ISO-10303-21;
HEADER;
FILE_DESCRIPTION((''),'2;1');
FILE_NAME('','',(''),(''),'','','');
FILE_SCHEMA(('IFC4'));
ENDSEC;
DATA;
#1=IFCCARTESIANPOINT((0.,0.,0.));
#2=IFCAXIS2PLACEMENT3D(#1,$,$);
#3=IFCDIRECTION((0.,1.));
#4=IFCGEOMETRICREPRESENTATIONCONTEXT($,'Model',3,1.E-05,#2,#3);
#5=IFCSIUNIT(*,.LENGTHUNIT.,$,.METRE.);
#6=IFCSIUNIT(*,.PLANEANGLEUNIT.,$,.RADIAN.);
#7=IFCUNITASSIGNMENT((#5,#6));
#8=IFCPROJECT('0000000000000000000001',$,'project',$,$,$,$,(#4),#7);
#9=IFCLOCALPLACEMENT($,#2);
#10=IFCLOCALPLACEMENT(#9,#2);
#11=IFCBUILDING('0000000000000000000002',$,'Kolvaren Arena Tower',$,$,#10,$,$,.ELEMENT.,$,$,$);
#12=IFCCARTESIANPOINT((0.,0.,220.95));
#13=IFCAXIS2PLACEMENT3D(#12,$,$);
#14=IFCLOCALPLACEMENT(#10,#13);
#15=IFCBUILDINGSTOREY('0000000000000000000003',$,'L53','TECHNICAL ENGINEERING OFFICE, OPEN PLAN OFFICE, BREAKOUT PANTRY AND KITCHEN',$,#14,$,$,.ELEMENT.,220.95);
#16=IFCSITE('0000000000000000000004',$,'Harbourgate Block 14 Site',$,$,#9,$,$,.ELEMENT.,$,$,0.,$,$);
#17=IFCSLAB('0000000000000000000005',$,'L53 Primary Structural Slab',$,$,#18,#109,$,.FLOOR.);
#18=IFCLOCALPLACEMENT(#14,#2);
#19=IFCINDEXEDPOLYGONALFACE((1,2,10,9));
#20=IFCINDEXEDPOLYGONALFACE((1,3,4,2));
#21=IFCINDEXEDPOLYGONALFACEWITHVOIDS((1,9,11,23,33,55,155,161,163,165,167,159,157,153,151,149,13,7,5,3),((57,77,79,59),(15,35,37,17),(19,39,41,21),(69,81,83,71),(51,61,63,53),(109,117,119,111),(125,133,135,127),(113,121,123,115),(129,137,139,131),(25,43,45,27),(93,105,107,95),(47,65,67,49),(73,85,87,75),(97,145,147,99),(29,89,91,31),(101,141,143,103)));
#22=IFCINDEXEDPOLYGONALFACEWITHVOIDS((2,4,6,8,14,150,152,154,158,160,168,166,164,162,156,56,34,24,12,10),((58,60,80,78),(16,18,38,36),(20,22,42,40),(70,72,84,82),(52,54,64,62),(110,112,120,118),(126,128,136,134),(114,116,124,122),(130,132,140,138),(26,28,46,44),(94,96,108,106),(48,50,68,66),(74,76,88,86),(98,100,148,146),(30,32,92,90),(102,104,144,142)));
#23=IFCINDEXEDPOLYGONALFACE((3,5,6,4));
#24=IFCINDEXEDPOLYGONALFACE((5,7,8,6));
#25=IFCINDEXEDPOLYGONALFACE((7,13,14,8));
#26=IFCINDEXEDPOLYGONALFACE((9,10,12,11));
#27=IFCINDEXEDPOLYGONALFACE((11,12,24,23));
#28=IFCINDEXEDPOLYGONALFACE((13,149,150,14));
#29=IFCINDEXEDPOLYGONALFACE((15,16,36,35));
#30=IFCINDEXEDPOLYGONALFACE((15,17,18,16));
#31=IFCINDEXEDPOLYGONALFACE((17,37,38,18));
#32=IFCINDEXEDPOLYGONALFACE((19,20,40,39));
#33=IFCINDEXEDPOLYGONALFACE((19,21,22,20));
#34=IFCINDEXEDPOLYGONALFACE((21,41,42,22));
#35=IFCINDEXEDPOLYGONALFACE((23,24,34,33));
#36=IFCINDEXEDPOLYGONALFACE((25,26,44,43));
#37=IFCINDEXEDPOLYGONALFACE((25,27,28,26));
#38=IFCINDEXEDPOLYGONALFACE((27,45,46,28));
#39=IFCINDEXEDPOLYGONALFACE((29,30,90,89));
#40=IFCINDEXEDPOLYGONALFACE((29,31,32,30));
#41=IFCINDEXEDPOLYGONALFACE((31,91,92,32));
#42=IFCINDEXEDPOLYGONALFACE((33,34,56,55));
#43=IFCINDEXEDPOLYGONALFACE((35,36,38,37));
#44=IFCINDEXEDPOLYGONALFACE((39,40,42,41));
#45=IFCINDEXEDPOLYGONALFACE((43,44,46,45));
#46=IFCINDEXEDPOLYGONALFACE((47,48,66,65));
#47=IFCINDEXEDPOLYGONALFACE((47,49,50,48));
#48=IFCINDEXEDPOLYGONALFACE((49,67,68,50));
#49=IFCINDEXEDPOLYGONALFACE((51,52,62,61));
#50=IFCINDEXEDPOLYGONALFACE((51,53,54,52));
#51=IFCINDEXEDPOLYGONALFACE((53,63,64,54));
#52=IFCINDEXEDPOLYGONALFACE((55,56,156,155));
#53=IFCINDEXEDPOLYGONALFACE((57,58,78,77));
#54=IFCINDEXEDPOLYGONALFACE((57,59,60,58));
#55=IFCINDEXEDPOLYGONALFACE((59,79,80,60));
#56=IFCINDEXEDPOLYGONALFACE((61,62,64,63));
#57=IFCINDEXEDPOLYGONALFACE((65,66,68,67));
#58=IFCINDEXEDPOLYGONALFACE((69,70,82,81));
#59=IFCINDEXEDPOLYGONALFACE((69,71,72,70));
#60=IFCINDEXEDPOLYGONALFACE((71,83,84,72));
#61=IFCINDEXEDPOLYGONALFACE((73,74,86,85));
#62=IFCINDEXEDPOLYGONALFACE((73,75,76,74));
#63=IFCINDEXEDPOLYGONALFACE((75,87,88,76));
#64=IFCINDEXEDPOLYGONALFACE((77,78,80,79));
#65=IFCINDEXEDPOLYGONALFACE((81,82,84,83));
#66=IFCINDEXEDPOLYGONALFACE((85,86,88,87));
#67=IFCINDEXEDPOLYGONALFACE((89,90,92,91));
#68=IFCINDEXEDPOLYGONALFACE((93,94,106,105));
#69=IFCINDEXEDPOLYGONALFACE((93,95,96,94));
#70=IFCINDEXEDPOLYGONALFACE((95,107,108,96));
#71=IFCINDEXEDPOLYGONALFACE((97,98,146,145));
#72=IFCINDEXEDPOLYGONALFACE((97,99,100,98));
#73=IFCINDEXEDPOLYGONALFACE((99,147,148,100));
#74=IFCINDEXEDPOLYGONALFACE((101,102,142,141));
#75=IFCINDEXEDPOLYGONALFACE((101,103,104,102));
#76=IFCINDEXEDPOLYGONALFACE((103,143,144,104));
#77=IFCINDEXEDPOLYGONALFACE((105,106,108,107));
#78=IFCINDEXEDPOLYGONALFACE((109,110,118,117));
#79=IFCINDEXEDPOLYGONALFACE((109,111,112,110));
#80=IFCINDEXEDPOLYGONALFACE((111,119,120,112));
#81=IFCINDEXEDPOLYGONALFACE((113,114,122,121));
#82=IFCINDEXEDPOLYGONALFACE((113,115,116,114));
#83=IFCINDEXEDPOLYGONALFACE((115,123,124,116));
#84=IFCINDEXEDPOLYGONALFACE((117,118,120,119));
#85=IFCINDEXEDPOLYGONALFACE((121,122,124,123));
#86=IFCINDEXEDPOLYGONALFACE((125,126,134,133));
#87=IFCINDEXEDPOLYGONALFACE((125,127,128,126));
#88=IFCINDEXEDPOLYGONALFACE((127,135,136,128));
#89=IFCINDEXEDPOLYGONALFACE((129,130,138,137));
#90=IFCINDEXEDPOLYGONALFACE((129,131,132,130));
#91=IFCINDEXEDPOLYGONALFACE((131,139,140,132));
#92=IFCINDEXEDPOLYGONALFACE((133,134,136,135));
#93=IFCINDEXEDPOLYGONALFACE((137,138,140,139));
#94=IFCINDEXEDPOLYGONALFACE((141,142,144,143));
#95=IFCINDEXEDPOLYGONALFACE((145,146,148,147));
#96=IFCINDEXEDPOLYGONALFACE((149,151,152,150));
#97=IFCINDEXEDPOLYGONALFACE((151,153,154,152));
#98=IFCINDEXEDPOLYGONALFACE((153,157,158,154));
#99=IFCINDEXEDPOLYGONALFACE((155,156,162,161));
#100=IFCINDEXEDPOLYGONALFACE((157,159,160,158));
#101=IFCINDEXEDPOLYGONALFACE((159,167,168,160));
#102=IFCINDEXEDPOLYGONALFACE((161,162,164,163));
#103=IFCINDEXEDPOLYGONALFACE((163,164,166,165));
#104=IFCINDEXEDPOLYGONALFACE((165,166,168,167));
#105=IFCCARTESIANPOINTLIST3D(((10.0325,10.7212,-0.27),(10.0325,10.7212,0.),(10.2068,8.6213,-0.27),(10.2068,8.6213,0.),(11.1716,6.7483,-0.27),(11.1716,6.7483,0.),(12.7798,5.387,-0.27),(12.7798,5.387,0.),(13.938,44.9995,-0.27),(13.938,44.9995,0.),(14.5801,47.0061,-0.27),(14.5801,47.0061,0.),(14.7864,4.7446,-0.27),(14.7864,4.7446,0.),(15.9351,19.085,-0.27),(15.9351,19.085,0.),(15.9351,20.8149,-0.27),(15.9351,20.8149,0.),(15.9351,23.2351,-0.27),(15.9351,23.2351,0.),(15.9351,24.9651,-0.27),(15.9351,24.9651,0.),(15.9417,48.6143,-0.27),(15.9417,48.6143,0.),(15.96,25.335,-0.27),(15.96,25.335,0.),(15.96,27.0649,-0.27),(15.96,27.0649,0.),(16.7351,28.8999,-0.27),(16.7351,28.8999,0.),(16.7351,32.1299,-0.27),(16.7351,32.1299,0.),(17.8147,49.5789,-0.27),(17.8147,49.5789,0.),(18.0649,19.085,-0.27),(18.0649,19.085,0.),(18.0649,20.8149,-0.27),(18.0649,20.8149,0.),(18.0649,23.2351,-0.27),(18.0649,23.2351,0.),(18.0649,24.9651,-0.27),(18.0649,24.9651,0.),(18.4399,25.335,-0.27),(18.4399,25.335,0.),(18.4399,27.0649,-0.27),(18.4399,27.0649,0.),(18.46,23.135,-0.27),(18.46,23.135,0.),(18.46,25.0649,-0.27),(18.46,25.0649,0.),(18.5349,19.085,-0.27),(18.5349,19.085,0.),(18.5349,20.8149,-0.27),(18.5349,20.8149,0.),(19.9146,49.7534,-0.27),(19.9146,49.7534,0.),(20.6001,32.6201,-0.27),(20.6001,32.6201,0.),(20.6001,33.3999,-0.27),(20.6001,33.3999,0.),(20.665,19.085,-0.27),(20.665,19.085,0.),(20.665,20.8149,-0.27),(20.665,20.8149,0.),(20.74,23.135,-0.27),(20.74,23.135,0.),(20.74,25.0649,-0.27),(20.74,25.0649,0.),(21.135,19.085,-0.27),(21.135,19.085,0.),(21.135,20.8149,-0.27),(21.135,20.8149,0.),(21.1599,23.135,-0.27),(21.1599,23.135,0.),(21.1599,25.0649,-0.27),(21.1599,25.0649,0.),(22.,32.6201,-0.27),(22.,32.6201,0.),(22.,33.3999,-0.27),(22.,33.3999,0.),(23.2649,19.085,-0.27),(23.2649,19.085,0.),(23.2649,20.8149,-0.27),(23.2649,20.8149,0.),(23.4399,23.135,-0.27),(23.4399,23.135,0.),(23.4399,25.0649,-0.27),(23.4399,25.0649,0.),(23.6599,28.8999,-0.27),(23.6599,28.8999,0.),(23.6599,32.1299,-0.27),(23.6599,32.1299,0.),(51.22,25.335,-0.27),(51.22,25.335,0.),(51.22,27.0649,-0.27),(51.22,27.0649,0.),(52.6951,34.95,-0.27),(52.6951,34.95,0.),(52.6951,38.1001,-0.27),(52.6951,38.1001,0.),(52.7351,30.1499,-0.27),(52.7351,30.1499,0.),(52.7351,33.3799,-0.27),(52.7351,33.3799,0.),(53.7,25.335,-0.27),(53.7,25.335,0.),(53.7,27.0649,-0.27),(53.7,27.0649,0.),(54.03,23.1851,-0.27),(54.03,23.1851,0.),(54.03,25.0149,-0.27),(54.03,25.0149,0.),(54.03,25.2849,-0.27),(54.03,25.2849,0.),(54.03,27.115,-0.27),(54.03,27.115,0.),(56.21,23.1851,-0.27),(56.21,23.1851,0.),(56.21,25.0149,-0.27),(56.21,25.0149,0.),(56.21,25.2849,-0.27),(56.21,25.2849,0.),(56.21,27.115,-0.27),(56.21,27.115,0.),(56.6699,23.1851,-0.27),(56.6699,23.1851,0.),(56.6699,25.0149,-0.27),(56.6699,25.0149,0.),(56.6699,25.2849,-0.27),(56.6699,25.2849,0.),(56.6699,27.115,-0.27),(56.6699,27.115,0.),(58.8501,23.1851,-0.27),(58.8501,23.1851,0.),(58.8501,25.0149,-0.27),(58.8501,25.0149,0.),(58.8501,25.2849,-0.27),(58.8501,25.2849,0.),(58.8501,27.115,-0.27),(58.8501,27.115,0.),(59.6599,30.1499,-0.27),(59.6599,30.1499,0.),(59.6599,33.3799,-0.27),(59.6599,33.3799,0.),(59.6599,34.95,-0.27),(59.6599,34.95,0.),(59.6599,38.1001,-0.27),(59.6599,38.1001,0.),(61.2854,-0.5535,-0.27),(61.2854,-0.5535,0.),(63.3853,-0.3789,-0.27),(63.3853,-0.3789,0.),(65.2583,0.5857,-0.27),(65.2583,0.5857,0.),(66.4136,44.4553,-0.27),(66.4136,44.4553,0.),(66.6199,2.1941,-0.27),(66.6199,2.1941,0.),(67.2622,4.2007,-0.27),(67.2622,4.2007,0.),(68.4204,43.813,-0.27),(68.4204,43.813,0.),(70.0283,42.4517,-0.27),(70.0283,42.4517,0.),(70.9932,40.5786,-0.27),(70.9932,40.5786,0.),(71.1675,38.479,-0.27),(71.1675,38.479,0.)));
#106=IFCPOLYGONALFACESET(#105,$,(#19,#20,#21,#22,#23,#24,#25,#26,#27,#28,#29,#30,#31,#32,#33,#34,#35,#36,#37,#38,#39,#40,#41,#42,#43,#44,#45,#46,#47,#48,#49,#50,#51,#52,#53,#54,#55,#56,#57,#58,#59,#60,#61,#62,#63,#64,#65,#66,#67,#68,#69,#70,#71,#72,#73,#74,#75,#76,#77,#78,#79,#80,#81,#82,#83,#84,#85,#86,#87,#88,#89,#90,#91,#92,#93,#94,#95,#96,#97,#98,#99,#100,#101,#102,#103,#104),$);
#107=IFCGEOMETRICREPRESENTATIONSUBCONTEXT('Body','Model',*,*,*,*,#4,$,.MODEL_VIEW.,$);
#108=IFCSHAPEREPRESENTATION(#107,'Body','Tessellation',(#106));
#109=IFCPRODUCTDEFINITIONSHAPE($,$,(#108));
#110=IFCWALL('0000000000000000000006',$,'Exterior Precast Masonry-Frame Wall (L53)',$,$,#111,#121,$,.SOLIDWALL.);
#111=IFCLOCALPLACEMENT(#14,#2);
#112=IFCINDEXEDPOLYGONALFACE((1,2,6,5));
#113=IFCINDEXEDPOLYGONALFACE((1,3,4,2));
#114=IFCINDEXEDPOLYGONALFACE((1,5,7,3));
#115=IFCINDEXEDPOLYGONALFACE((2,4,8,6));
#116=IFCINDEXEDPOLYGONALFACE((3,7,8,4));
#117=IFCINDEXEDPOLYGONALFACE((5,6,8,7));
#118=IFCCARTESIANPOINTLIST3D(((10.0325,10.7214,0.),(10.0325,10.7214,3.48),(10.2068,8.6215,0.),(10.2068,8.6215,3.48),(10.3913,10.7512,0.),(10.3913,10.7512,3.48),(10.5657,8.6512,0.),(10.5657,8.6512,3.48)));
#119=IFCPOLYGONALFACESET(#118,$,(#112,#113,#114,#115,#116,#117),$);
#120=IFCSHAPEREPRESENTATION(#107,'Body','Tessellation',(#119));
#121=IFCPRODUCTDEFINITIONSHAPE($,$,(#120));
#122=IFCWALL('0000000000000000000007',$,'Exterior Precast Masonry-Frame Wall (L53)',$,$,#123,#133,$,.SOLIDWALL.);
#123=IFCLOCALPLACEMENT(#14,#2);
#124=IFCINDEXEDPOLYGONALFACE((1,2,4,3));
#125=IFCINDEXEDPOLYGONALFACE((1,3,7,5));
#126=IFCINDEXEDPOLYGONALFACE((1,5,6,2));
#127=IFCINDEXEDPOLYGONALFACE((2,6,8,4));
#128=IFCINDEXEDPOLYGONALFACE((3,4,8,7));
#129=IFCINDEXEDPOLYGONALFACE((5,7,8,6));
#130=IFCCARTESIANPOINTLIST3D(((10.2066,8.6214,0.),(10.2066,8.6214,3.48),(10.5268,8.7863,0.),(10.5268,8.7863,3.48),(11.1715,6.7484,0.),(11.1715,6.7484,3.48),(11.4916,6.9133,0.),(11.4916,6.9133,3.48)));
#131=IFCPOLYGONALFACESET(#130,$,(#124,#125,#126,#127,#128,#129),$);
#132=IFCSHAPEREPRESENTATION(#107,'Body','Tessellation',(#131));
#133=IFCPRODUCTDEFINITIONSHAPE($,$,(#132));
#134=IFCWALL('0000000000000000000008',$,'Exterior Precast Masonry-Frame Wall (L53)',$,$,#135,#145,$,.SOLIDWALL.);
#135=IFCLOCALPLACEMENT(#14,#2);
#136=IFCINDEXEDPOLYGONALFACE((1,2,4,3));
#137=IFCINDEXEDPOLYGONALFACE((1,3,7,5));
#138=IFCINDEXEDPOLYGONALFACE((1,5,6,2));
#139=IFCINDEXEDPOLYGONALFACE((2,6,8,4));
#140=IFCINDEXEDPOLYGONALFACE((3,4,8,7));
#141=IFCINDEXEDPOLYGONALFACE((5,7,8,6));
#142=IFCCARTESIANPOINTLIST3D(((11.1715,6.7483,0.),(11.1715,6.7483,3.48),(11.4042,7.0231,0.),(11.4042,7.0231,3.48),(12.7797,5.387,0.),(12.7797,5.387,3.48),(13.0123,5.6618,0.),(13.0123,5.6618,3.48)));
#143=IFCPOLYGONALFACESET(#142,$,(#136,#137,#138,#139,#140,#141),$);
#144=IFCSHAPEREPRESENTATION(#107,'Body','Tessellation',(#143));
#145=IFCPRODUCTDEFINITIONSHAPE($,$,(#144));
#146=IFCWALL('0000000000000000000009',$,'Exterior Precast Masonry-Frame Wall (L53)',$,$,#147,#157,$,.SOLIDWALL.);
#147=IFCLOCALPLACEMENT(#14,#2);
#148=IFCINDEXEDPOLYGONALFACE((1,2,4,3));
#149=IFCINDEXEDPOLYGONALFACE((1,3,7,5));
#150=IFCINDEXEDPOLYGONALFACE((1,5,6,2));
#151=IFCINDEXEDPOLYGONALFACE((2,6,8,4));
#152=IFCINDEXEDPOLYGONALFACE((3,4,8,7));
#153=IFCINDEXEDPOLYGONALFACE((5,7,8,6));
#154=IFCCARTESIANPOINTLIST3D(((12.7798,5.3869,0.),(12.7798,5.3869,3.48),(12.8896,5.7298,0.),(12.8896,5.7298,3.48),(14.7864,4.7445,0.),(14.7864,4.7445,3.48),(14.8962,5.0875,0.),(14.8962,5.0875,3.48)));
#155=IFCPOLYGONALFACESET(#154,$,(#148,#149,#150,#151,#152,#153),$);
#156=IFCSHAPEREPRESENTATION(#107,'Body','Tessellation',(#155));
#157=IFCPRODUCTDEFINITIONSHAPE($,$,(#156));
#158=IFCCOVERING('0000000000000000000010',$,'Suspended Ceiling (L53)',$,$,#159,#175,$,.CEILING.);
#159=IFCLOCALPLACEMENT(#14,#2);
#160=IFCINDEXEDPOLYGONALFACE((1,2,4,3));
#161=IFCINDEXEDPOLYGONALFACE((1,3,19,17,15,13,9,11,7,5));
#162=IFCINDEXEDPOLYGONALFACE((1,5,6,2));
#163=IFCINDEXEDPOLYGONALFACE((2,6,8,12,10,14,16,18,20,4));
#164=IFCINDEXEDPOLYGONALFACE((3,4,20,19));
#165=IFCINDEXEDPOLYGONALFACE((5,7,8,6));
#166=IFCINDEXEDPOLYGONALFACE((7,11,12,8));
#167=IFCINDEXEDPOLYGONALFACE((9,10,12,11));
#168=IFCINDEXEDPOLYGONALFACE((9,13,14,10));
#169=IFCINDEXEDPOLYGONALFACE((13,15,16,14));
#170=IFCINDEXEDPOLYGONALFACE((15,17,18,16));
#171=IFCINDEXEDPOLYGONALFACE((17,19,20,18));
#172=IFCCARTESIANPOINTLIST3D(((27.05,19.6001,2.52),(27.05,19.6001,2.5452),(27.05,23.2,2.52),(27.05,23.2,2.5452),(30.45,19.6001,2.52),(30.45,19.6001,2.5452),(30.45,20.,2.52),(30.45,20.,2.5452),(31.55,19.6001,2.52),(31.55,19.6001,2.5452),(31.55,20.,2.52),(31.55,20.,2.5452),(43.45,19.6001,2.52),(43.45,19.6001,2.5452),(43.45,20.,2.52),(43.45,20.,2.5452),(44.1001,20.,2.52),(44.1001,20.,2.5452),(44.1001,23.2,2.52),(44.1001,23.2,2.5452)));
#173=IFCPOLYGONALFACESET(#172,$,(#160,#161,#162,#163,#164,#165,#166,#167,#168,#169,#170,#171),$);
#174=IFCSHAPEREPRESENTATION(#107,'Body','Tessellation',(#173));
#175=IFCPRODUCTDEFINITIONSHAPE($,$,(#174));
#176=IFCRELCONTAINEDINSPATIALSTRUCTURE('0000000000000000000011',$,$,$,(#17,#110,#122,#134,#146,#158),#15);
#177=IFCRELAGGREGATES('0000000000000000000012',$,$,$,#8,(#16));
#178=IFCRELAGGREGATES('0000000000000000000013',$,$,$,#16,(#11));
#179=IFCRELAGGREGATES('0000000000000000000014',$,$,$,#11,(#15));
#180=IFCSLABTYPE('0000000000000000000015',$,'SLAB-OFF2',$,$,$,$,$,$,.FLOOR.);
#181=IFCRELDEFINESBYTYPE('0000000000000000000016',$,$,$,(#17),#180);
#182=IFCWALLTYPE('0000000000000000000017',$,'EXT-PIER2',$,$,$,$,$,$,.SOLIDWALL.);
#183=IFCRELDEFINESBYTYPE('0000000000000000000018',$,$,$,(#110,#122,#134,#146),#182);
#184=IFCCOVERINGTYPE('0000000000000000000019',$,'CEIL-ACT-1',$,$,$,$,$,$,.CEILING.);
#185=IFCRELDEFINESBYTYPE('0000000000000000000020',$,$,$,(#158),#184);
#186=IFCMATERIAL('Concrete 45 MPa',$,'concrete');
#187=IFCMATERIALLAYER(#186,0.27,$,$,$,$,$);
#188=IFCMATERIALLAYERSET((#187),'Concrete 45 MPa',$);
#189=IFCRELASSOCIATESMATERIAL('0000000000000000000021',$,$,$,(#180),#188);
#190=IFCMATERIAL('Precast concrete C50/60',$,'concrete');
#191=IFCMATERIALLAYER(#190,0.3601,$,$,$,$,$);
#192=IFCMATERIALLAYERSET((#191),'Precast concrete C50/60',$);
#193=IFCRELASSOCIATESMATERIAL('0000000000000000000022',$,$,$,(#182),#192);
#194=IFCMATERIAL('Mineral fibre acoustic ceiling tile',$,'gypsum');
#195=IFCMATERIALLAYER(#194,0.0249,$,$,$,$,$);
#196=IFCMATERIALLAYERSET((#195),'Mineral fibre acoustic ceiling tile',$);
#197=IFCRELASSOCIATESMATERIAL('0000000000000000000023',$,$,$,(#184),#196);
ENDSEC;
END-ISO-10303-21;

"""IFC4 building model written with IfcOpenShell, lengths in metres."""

from ifc_helpers import new_model, si_unit, direction, frame, frame_2d, origin, place, context, subcontext, project, spatial, polyline, rectangle, outline, extrude, material, layer, layer_set, type_object, element, save


model = new_model("IFC4")

# Units and contexts
model_context = context("Model", 3, precision=1e-05, world=origin(), true_north=direction((0.0, 1.0)))
body_context = subcontext(model_context, "Body", "Model", "MODEL_VIEW")
ifc_project = project(units=[si_unit("LENGTHUNIT", "METRE"), si_unit("PLANEANGLEUNIT", "RADIAN")], contexts=[model_context])

# Site, building, storey
site_placement = place(None, origin())
site = spatial("IfcSite", under=ifc_project, at=site_placement, Name="Harbourgate Block 14 Site", CompositionType="ELEMENT", RefElevation=0.0)
building_placement = place(site_placement, origin())
building = spatial("IfcBuilding", under=site, at=building_placement, Name="Kolvaren Arena Tower", CompositionType="ELEMENT")
storey_placement = place(building_placement, frame((0.0, 0.0, 220.95)))
storey = spatial("IfcBuildingStorey", under=building, at=storey_placement, Name="L53", Description="TECHNICAL ENGINEERING OFFICE, OPEN PLAN OFFICE, BREAKOUT PANTRY AND KITCHEN", CompositionType="ELEMENT", Elevation=220.95)

# Shared definitions
ifc_material_1 = material(Name="Concrete 45 MPa", Category="concrete")

# Slab
ifc_layer_1 = layer(ifc_material_1, 0.27)
ifc_layer_set_1 = layer_set([ifc_layer_1], Name="Concrete 45 MPa")
slab_type_1 = type_object("IfcSlabType", Name="SLAB-OFF2", PredefinedType="FLOOR", material=ifc_layer_set_1)
slab_1_placement = place(storey_placement, frame((0.0, 0.0, -0.27)))
element("IfcSlab", 1, at=slab_1_placement, inside=storey, type_object=slab_type_1, Name="L53 Primary Structural Slab", PredefinedType="FLOOR", context=body_context, shape_type="SweptSolid", body=[
    extrude(outline(polyline([(61.2854, -0.5535), (63.3853, -0.3789), (65.2583, 0.5857), (66.6199, 2.1941), (67.2622, 4.2007), (71.1675, 38.479), (70.9932, 40.5786), (70.0283, 42.4517), (68.4204, 43.813), (66.4136, 44.4553), (19.9146, 49.7534), (17.8147, 49.5789), (15.9417, 48.6143), (14.5801, 47.0061), (13.938, 44.9995), (10.0325, 10.7212), (10.2068, 8.6213), (11.1716, 6.7483), (12.7798, 5.387), (14.7864, 4.7446), (61.2854, -0.5535)]), holes=[polyline([(15.9351, 19.085), (15.9351, 20.8149), (18.0649, 20.8149), (18.0649, 19.085), (15.9351, 19.085)]), polyline([(18.5349, 19.085), (18.5349, 20.8149), (20.665, 20.8149), (20.665, 19.085), (18.5349, 19.085)]), polyline([(21.135, 19.085), (21.135, 20.8149), (23.2649, 20.8149), (23.2649, 19.085), (21.135, 19.085)]), polyline([(18.46, 23.135), (18.46, 25.0649), (20.74, 25.0649), (20.74, 23.135), (18.46, 23.135)]), polyline([(21.1599, 23.135), (21.1599, 25.0649), (23.4399, 25.0649), (23.4399, 23.135), (21.1599, 23.135)]), polyline([(54.03, 23.1851), (54.03, 25.0149), (56.21, 25.0149), (56.21, 23.1851), (54.03, 23.1851)]), polyline([(56.6699, 23.1851), (56.6699, 25.0149), (58.8501, 25.0149), (58.8501, 23.1851), (56.6699, 23.1851)]), polyline([(15.9351, 23.2351), (15.9351, 24.9651), (18.0649, 24.9651), (18.0649, 23.2351), (15.9351, 23.2351)]), polyline([(54.03, 25.2849), (54.03, 27.115), (56.21, 27.115), (56.21, 25.2849), (54.03, 25.2849)]), polyline([(56.6699, 25.2849), (56.6699, 27.115), (58.8501, 27.115), (58.8501, 25.2849), (56.6699, 25.2849)]), polyline([(15.96, 25.335), (15.96, 27.0649), (18.4399, 27.0649), (18.4399, 25.335), (15.96, 25.335)]), polyline([(51.22, 25.335), (51.22, 27.0649), (53.7, 27.0649), (53.7, 25.335), (51.22, 25.335)]), polyline([(16.7351, 28.8999), (16.7351, 32.1299), (23.6599, 32.1299), (23.6599, 28.8999), (16.7351, 28.8999)]), polyline([(52.7351, 30.1499), (52.7351, 33.3799), (59.6599, 33.3799), (59.6599, 30.1499), (52.7351, 30.1499)]), polyline([(20.6001, 32.6201), (20.6001, 33.3999), (22.0, 33.3999), (22.0, 32.6201), (20.6001, 32.6201)]), polyline([(52.6951, 34.95), (52.6951, 38.1001), (59.6599, 38.1001), (59.6599, 34.95), (52.6951, 34.95)])]), origin(), (0.0, 0.0, 1.0), 0.27),
])

# Walls
ifc_material_2 = material(Name="Precast concrete C50/60", Category="concrete")
ifc_layer_2 = layer(ifc_material_2, 0.3601)
ifc_layer_set_2 = layer_set([ifc_layer_2], Name="Precast concrete C50/60")
wall_type = type_object("IfcWallType", Name="EXT-PIER2", PredefinedType="SOLIDWALL", material=ifc_layer_set_2)
wall_placement = place(storey_placement, frame((10.3862, 8.6362, 0.0), z_axis=(0.0, 0.0, 1.0), x_axis=(-0.082729, 0.996572, 0.0)))
element("IfcWall", 2, at=wall_placement, inside=storey, type_object=wall_type, Name="Exterior Precast Masonry-Frame Wall (L53)", PredefinedType="SOLIDWALL", context=body_context, shape_type="SweptSolid", body=[
    extrude(rectangle(XDim=2.1072, YDim=0.3601, at=frame_2d((1.0537, 0.0))), origin(), (0.0, 0.0, 1.0), 3.48),
])
for number, where, z_axis, x_axis, name in (
    (3, (11.3315, 6.8308, 0.0), (0.0, 0.0, 1.0), (-0.457934, 0.888986, 0.0), "Exterior Precast Masonry-Frame Wall (L53)"),
    (4, (12.896, 5.5244, 0.0), (0.0, 0.0, 1.0), (-0.76325, 0.646103, 0.0), "Exterior Precast Masonry-Frame Wall (L53)"),
    (5, (14.8413, 4.916, 0.0), (0.0, 0.0, 1.0), (-0.952393, 0.304872, 0.0), "Exterior Precast Masonry-Frame Wall (L53)"),
):
    element("IfcWall", number, at=place(storey_placement, frame(where, z_axis=z_axis, x_axis=x_axis)), inside=storey, type_object=wall_type, Name=name, PredefinedType="SOLIDWALL", context=body_context, shape_type="SweptSolid", body=[
        extrude(rectangle(XDim=2.1069, YDim=0.3601, at=frame_2d((1.0535, 0.0))), origin(), (0.0, 0.0, 1.0), 3.48),
    ])

# Covering
ifc_material_3 = material(Name="Mineral fibre acoustic ceiling tile", Category="gypsum")
ifc_layer_3 = layer(ifc_material_3, 0.0249)
ifc_layer_set_3 = layer_set([ifc_layer_3], Name="Mineral fibre acoustic ceiling tile")
covering_type_1 = type_object("IfcCoveringType", Name="CEIL-ACT-1", PredefinedType="CEILING", material=ifc_layer_set_3)
covering_1_placement = place(storey_placement, frame((0.0, 0.0, 2.52)))
element("IfcCovering", 6, at=covering_1_placement, inside=storey, type_object=covering_type_1, Name="Suspended Ceiling (L53)", PredefinedType="CEILING", context=body_context, shape_type="SweptSolid", body=[
    extrude(outline(polyline([(27.05, 19.6001), (27.05, 23.2), (44.1001, 23.2), (44.1001, 20.0), (43.45, 20.0), (43.45, 19.6001), (31.55, 19.6001), (31.55, 20.0), (30.45, 20.0), (30.45, 19.6001), (27.05, 19.6001)])), origin(), (0.0, 0.0, 1.0), 0.0251),
])

save(model, "model.ifc")
